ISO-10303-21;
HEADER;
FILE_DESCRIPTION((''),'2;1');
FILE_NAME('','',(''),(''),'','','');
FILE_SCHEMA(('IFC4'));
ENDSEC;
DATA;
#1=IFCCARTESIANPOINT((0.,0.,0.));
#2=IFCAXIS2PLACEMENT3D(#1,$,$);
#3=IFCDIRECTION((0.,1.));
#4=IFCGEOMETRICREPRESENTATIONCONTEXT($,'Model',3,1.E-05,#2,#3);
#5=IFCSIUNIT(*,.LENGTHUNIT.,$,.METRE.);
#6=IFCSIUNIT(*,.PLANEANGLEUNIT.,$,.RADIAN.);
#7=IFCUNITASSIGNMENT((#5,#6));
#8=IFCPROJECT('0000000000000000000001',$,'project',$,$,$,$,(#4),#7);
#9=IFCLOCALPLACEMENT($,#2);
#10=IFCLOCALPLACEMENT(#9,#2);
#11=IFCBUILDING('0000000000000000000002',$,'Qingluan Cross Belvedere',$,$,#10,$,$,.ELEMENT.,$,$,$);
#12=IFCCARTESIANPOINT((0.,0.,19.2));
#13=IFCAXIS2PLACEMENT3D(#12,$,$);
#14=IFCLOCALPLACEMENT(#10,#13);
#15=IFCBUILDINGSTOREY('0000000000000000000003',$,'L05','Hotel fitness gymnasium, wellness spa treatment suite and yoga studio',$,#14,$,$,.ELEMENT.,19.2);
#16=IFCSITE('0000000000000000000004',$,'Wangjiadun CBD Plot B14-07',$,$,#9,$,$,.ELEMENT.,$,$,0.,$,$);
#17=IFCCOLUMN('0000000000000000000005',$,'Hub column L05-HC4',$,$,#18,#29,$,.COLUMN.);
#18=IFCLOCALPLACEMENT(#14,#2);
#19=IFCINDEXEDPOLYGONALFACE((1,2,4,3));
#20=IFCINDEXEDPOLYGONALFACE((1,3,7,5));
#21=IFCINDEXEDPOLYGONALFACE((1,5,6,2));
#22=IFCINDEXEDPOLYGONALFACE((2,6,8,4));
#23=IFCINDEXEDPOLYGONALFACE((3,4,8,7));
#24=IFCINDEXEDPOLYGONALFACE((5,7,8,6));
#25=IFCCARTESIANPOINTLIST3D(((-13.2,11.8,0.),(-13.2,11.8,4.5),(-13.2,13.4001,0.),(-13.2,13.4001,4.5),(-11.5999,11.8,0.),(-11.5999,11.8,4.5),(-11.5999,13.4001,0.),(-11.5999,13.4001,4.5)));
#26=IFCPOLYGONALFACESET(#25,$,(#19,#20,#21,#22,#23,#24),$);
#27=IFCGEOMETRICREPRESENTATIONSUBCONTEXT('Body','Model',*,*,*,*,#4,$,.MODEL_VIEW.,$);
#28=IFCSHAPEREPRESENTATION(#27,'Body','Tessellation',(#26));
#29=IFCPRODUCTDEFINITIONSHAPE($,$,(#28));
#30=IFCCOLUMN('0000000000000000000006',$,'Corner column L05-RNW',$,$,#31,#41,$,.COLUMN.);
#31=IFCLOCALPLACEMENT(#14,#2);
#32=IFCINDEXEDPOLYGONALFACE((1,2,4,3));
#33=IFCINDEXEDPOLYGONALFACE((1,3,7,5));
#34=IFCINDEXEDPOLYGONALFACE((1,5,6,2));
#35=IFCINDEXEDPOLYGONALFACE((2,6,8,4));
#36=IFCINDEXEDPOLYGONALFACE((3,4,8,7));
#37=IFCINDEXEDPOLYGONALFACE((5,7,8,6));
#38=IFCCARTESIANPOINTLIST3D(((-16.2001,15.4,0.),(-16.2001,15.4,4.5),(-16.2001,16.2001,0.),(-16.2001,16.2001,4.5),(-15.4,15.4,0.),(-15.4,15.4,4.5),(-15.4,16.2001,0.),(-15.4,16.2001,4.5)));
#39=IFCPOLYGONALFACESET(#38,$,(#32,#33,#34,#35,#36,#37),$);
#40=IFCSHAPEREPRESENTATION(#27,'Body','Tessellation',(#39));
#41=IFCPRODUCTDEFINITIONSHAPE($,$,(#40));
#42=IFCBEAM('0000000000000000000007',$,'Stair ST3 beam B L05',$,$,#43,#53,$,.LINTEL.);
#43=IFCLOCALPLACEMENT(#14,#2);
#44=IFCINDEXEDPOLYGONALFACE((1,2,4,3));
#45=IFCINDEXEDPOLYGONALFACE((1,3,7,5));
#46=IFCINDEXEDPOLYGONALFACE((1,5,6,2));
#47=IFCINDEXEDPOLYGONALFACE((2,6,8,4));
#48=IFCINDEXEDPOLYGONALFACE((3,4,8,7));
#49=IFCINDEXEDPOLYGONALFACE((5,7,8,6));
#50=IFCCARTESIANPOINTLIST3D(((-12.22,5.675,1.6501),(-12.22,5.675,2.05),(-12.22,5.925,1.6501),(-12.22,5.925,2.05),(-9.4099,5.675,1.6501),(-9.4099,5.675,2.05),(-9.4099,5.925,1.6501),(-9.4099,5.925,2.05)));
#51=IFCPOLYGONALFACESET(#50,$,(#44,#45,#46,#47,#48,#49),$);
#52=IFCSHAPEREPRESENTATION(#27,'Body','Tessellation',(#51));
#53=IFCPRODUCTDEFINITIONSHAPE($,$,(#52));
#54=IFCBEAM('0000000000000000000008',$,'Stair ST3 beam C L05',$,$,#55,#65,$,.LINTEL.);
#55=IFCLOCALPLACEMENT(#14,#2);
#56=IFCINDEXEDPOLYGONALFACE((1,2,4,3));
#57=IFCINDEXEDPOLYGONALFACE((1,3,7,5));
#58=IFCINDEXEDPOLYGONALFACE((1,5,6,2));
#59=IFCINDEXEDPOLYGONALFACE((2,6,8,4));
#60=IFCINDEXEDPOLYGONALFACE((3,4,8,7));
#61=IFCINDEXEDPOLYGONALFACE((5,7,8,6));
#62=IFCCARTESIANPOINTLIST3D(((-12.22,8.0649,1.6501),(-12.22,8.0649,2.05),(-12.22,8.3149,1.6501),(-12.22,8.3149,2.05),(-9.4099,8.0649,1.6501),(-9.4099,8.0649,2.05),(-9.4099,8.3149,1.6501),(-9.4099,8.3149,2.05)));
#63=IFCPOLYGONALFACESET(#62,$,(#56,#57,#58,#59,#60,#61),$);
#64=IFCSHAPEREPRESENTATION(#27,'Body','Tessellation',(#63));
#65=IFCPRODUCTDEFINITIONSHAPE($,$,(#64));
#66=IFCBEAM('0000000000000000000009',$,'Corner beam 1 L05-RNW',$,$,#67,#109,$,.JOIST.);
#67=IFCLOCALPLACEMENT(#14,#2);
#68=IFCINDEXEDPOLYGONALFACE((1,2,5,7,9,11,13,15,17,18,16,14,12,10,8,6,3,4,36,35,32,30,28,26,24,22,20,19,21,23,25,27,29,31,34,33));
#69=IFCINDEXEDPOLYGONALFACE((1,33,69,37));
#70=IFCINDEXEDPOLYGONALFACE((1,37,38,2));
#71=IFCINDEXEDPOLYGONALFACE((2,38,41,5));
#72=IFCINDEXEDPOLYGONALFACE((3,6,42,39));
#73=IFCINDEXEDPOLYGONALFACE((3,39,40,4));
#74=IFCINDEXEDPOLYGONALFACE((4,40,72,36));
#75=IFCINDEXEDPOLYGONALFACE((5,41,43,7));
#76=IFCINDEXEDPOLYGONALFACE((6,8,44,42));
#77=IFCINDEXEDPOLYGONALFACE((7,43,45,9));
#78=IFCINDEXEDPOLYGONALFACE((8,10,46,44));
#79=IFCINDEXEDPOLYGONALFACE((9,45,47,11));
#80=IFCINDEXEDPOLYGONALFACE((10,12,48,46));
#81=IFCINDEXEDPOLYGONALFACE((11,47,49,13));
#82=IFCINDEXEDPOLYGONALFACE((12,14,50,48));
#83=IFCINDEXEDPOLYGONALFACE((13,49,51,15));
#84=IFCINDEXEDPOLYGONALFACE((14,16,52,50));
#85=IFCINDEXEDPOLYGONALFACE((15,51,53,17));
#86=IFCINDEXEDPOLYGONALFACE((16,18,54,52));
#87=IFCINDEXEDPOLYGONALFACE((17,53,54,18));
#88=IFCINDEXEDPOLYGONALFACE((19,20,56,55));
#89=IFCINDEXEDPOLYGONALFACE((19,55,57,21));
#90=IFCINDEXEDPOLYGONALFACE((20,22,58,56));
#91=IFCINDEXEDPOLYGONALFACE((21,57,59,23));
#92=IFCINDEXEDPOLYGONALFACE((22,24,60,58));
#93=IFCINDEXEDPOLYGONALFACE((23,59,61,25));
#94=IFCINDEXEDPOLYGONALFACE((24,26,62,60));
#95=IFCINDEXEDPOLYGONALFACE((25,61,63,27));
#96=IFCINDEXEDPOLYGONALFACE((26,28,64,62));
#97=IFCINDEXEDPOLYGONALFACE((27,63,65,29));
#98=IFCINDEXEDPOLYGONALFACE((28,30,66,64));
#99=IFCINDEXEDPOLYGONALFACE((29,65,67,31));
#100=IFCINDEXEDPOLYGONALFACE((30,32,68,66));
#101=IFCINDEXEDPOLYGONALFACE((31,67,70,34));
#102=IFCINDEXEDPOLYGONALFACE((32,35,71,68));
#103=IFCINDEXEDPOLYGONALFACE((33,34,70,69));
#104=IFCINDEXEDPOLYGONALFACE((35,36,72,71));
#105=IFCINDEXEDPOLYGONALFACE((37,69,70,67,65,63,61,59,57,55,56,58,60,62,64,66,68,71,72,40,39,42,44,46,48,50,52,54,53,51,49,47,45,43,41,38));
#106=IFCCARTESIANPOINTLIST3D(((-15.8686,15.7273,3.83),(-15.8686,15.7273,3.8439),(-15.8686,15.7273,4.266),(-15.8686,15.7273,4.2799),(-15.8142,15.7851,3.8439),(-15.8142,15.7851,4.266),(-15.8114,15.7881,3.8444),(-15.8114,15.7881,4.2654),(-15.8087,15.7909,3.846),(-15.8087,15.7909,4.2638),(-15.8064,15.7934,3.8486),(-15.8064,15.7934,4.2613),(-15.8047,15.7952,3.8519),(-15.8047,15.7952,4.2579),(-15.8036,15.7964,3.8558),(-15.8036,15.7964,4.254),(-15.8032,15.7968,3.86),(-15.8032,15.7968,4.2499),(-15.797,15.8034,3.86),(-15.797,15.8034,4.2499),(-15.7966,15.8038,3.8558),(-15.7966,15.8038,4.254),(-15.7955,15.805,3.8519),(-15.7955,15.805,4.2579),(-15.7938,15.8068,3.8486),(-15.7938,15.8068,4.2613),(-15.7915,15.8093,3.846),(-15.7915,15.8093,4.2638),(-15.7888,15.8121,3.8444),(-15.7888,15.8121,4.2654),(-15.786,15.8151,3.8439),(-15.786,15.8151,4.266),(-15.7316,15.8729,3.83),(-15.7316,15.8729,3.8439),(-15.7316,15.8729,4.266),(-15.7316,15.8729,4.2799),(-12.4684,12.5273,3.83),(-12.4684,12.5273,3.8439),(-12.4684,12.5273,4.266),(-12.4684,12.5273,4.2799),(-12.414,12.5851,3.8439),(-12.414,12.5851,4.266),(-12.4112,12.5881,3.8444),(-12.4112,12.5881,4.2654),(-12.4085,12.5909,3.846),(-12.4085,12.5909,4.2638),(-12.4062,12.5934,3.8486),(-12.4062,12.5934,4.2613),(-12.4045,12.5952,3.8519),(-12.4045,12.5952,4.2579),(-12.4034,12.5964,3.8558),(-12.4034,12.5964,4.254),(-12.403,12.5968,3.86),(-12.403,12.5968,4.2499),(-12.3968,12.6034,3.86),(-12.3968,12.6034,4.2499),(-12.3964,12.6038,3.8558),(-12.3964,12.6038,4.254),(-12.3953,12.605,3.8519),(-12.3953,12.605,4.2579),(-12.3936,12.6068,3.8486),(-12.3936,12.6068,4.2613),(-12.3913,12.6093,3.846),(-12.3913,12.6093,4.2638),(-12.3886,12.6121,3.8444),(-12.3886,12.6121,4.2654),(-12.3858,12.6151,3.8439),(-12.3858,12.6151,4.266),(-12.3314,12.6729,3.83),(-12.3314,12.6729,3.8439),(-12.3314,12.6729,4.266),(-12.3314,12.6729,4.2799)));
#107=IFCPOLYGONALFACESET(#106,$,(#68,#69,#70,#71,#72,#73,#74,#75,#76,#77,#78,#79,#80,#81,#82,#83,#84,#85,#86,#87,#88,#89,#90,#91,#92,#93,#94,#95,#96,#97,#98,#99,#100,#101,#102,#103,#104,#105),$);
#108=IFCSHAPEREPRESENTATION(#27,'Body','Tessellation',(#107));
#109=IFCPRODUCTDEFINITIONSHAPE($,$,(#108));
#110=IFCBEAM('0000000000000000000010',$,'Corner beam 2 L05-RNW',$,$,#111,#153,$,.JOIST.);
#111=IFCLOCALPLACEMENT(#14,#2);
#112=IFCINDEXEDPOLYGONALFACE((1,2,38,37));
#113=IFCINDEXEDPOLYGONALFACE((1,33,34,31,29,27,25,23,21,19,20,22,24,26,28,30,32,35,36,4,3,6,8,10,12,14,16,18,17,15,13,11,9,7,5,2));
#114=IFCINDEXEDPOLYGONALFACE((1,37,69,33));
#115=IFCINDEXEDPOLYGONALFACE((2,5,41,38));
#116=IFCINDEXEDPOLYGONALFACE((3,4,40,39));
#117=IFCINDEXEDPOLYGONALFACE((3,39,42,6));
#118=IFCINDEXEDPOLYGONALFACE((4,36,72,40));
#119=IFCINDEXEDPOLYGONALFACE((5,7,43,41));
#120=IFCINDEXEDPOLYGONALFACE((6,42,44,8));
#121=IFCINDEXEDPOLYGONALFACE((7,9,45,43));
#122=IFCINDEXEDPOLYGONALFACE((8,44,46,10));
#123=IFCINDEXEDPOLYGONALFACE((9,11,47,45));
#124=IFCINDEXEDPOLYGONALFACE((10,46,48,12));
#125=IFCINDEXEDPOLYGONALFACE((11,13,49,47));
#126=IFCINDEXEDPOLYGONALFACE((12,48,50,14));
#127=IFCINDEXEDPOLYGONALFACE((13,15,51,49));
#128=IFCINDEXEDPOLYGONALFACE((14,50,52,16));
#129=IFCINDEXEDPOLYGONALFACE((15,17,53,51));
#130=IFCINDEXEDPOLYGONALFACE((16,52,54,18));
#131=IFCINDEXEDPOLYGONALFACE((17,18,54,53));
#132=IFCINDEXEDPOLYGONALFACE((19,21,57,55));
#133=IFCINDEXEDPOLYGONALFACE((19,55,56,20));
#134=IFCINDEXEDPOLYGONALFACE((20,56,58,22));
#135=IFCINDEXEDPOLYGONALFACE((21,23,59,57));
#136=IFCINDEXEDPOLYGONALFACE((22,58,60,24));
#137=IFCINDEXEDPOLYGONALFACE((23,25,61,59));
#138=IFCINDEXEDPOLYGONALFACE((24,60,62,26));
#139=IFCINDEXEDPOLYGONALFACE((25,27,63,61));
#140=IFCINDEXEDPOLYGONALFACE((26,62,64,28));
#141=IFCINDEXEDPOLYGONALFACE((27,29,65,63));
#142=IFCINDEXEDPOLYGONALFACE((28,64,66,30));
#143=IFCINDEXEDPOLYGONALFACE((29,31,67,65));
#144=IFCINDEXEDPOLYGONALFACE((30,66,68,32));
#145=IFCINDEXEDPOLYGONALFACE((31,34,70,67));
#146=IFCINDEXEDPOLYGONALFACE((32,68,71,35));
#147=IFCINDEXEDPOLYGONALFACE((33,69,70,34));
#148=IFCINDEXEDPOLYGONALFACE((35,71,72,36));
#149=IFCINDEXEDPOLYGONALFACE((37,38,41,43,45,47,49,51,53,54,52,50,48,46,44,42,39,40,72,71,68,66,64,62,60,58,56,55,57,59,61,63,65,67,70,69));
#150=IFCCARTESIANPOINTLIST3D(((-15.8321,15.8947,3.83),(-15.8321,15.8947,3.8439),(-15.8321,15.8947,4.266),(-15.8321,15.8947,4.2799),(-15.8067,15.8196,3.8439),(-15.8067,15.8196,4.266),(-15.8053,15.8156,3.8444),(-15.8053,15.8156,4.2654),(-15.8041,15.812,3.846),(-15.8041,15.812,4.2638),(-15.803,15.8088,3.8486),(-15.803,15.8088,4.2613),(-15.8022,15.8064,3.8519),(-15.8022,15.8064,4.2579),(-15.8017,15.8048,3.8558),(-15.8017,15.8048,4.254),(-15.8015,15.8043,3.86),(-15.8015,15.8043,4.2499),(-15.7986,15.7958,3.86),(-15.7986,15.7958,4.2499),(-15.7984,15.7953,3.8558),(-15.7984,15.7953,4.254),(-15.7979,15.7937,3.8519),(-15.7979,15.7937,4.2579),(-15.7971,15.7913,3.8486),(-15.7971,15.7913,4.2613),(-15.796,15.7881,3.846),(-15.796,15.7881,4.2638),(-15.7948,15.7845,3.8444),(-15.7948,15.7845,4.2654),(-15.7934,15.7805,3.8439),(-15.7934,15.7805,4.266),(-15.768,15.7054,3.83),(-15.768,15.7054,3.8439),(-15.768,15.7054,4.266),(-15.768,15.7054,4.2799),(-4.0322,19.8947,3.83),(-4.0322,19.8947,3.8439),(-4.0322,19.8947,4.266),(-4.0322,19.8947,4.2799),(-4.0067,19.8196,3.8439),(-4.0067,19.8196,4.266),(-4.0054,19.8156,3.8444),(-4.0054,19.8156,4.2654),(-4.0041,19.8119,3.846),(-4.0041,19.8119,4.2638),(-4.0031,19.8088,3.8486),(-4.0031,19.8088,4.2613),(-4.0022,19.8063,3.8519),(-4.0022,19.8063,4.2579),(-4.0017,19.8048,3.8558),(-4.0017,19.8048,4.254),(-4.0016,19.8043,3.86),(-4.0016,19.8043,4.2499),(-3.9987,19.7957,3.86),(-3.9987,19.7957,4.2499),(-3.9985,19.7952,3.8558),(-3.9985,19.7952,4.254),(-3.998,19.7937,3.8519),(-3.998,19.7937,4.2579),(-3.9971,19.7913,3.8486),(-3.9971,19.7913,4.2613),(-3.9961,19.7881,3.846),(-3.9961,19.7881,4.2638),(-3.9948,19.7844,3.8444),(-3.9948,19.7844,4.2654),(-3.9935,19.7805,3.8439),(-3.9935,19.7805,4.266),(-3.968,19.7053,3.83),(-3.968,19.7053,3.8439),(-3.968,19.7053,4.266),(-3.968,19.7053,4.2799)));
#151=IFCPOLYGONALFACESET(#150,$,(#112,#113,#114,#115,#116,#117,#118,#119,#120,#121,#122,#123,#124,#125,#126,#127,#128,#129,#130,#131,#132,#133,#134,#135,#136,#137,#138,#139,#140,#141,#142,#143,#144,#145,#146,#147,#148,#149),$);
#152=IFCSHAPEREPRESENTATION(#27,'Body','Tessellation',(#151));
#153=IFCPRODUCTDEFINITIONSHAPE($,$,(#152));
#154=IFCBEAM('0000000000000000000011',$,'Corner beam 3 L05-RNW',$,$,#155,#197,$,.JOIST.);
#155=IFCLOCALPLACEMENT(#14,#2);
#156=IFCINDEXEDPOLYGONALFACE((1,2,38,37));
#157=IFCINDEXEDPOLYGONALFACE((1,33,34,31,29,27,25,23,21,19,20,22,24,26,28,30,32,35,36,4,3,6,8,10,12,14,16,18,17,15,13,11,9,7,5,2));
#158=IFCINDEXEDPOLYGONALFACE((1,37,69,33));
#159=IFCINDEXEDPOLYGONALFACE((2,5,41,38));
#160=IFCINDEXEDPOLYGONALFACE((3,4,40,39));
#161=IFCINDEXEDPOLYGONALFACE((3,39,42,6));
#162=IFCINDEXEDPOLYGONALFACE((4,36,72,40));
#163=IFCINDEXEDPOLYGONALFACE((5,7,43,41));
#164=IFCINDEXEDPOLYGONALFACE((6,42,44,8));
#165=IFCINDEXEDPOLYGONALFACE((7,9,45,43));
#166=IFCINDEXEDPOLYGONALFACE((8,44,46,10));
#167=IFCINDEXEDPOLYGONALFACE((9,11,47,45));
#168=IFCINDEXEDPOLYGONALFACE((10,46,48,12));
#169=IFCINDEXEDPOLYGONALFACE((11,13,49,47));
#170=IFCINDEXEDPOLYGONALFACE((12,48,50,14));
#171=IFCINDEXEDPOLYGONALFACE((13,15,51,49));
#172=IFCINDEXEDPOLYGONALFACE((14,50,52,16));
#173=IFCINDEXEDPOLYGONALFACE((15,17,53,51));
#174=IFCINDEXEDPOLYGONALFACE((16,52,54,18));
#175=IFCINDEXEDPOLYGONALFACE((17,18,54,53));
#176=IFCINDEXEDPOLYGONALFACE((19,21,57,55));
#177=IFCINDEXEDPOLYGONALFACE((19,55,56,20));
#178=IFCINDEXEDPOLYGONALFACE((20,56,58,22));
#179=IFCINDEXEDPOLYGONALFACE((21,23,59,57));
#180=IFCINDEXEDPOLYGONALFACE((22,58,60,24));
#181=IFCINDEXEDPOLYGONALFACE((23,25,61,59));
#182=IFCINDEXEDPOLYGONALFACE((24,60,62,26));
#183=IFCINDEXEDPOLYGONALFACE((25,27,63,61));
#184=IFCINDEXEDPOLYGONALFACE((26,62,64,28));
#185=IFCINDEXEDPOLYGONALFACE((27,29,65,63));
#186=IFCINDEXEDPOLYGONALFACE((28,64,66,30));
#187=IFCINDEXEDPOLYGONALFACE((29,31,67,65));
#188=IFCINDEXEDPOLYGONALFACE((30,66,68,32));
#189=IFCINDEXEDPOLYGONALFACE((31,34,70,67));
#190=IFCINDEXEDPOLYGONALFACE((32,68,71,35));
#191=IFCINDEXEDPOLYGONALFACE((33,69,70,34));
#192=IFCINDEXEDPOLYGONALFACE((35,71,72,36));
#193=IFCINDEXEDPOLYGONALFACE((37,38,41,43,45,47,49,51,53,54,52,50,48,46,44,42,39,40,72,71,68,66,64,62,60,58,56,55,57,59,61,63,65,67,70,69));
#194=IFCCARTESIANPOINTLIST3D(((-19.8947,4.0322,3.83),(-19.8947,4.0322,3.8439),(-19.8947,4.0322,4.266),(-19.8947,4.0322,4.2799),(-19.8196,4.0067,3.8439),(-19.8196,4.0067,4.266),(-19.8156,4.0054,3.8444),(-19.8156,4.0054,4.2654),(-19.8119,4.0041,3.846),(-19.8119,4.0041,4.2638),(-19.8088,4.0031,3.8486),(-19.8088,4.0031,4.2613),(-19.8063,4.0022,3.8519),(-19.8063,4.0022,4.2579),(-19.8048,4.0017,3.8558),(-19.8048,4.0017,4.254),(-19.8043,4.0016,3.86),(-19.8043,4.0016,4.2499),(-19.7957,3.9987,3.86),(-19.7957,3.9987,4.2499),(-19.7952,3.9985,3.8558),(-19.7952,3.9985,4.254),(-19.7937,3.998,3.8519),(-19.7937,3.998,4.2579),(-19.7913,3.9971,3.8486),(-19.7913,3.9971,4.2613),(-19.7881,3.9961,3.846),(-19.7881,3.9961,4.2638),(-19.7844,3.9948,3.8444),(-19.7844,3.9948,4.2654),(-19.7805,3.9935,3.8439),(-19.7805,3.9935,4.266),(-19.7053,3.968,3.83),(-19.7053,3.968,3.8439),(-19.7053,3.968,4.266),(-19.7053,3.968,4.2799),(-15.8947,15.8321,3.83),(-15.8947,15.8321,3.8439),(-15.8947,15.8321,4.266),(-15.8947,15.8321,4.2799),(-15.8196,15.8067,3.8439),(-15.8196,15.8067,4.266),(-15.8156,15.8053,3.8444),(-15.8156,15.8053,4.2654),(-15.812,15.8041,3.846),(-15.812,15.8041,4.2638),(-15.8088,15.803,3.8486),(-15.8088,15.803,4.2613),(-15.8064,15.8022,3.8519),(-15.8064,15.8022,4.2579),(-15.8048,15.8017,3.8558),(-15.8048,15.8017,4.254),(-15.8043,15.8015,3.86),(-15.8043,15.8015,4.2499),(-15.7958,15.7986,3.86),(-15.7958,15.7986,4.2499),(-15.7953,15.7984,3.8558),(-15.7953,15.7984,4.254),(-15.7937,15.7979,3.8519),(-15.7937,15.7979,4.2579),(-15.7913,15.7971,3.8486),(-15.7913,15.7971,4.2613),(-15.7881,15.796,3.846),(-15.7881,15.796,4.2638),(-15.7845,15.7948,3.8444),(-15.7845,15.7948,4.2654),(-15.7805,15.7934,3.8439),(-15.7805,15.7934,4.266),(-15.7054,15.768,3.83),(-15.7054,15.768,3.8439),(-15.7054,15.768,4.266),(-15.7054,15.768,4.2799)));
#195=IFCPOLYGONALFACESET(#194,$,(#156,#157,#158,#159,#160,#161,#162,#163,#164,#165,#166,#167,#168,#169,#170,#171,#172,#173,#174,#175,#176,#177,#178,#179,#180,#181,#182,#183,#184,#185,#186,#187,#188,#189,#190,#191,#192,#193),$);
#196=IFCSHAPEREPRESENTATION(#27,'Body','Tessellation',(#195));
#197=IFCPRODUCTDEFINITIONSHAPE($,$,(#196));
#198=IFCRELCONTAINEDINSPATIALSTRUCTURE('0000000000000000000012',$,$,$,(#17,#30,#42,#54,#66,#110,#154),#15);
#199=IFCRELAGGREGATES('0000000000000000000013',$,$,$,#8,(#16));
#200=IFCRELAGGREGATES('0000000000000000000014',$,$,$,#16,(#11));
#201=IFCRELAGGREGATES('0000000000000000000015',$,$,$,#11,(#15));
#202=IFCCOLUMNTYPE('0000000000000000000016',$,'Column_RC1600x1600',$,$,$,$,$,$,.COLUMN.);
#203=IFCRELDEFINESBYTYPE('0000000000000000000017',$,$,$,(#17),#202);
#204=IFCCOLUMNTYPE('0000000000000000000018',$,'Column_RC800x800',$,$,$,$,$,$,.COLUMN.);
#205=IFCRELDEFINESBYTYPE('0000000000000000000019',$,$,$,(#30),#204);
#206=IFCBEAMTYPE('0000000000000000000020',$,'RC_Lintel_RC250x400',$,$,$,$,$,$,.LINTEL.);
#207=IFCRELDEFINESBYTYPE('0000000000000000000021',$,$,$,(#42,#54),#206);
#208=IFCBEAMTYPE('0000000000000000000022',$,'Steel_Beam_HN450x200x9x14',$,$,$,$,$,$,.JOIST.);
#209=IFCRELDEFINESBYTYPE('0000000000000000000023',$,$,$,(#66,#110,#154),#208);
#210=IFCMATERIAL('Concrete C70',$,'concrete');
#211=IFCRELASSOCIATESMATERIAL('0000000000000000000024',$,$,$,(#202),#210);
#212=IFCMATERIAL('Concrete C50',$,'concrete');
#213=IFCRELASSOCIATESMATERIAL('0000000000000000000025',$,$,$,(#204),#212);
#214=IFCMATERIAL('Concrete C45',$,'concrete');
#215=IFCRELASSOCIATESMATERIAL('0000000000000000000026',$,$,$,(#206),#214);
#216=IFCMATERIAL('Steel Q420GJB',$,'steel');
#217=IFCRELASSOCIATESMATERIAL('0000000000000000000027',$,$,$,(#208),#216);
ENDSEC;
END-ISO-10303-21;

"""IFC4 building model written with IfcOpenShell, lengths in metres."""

from ifc_helpers import new_model, si_unit, direction, frame, origin, origin_2d, place, context, subcontext, project, spatial, rectangle, i_section, extrude, material, material_profile, profile_set, type_object, element, save


model = new_model("IFC4")

# Units and contexts
model_context = context("Model", 3, precision=1e-05, world=origin(), true_north=direction((0.0, 1.0)))
body_context = subcontext(model_context, "Body", "Model", "MODEL_VIEW")
ifc_project = project(units=[si_unit("LENGTHUNIT", "METRE"), si_unit("PLANEANGLEUNIT", "RADIAN")], contexts=[model_context])

# Site, building, storey
site_placement = place(None, origin())
site = spatial("IfcSite", under=ifc_project, at=site_placement, Name="Wangjiadun CBD Plot B14-07", CompositionType="ELEMENT", RefElevation=0.0)
building_placement = place(site_placement, origin())
building = spatial("IfcBuilding", under=site, at=building_placement, Name="Qingluan Cross Belvedere", CompositionType="ELEMENT")
storey_placement = place(building_placement, frame((0.0, 0.0, 19.2)))
storey = spatial("IfcBuildingStorey", under=building, at=storey_placement, Name="L05", Description="Hotel fitness gymnasium, wellness spa treatment suite and yoga studio", CompositionType="ELEMENT", Elevation=19.2)

# Columns
ifc_material_1 = material(Name="Concrete C70", Category="concrete")
ifc_material_profile_1 = material_profile(ifc_material_1, rectangle(XDim=1.6001, YDim=1.6001, at=origin_2d()), Name="RC1600x1600")
ifc_profile_set_1 = profile_set([ifc_material_profile_1], Name="Concrete C70")
column_type_1 = type_object("IfcColumnType", Name="Column_RC1600x1600", PredefinedType="COLUMN", material=ifc_profile_set_1)
column_1_placement = place(storey_placement, frame((-12.3999, 12.6001, 0.0), z_axis=(0.0, 0.0, 1.0), x_axis=(1.0, 0.0, 0.0)))
element("IfcColumn", 1, at=column_1_placement, inside=storey, type_object=column_type_1, Name="Hub column L05-HC4", PredefinedType="COLUMN", context=body_context, shape_type="SweptSolid", body=[
    extrude(rectangle(XDim=1.6001, YDim=1.6001, at=origin_2d()), origin(), (0.0, 0.0, 1.0), 4.5),
])
ifc_material_2 = material(Name="Concrete C50", Category="concrete")
ifc_material_profile_2 = material_profile(ifc_material_2, rectangle(XDim=0.8, YDim=0.8, at=origin_2d()), Name="RC800x800")
ifc_profile_set_2 = profile_set([ifc_material_profile_2], Name="Concrete C50")
column_type_2 = type_object("IfcColumnType", Name="Column_RC800x800", PredefinedType="COLUMN", material=ifc_profile_set_2)
column_2_placement = place(storey_placement, frame((-15.8, 15.8, 0.0), z_axis=(0.0, 0.0, 1.0), x_axis=(1.0, 0.0, 0.0)))
element("IfcColumn", 2, at=column_2_placement, inside=storey, type_object=column_type_2, Name="Corner column L05-RNW", PredefinedType="COLUMN", context=body_context, shape_type="SweptSolid", body=[
    extrude(rectangle(XDim=0.8, YDim=0.8, at=origin_2d()), origin(), (0.0, 0.0, 1.0), 4.5),
])

# Beams
ifc_material_3 = material(Name="Concrete C45", Category="concrete")
ifc_material_profile_3 = material_profile(ifc_material_3, rectangle(XDim=0.25, YDim=0.3999, at=origin_2d()), Name="RC250x400")
ifc_profile_set_3 = profile_set([ifc_material_profile_3], Name="Concrete C45")
beam_type_1 = type_object("IfcBeamType", Name="RC_Lintel_RC250x400", PredefinedType="LINTEL", material=ifc_profile_set_3)
for number, where, z_axis, x_axis, name in (
    (3, (-12.22, 5.8, 1.8501), (1.0, 0.0, 0.0), (0.0, 1.0, 0.0), "Stair ST3 beam B L05"),
    (4, (-12.22, 8.1899, 1.8501), (1.0, 0.0, 0.0), (0.0, 1.0, 0.0), "Stair ST3 beam C L05"),
):
    element("IfcBeam", number, at=place(storey_placement, frame(where, z_axis=z_axis, x_axis=x_axis)), inside=storey, type_object=beam_type_1, Name=name, PredefinedType="LINTEL", context=body_context, shape_type="SweptSolid", body=[
        extrude(rectangle(XDim=0.25, YDim=0.3999, at=origin_2d()), origin(), (0.0, 0.0, 1.0), 2.8101),
    ])
ifc_material_4 = material(Name="Steel Q420GJB", Category="steel")
ifc_material_profile_4 = material_profile(ifc_material_4, i_section(OverallWidth=0.2, OverallDepth=0.45, WebThickness=0.009, FlangeThickness=0.0139, FilletRadius=0.0161, at=origin_2d()), Name="HN450x200x9x14")
ifc_profile_set_4 = profile_set([ifc_material_profile_4], Name="Steel Q420GJB")
beam_type_2 = type_object("IfcBeamType", Name="Steel_Beam_HN450x200x9x14", PredefinedType="JOIST", material=ifc_profile_set_4)
beam_1_placement = place(storey_placement, frame((-12.3999, 12.6001, 4.0549), z_axis=(-0.72822, 0.685343, 0.0), x_axis=(-0.685343, -0.72822, 0.0)))
element("IfcBeam", 5, at=beam_1_placement, inside=storey, type_object=beam_type_2, Name="Corner beam 1 L05-RNW", PredefinedType="JOIST", context=body_context, shape_type="SweptSolid", body=[
    extrude(i_section(OverallWidth=0.2, OverallDepth=0.45, WebThickness=0.009, FlangeThickness=0.0139, FilletRadius=0.0161, at=origin_2d()), origin(), (0.0, 0.0, 1.0), 4.6692),
])
for number, where, z_axis, x_axis, name in (
    (6, (-15.8, 15.8, 4.0549), (0.947066, 0.321038, 0.0), (-0.321038, 0.947066, 0.0), "Corner beam 2 L05-RNW"),
    (7, (-15.8, 15.8, 4.0549), (-0.321038, -0.947066, 0.0), (0.947066, -0.321038, 0.0), "Corner beam 3 L05-RNW"),
):
    element("IfcBeam", number, at=place(storey_placement, frame(where, z_axis=z_axis, x_axis=x_axis)), inside=storey, type_object=beam_type_2, Name=name, PredefinedType="JOIST", context=body_context, shape_type="SweptSolid", body=[
        extrude(i_section(OverallWidth=0.2, OverallDepth=0.45, WebThickness=0.009, FlangeThickness=0.0139, FilletRadius=0.0161, at=origin_2d()), origin(), (0.0, 0.0, 1.0), 12.4595),
    ])

save(model, "model.ifc")
